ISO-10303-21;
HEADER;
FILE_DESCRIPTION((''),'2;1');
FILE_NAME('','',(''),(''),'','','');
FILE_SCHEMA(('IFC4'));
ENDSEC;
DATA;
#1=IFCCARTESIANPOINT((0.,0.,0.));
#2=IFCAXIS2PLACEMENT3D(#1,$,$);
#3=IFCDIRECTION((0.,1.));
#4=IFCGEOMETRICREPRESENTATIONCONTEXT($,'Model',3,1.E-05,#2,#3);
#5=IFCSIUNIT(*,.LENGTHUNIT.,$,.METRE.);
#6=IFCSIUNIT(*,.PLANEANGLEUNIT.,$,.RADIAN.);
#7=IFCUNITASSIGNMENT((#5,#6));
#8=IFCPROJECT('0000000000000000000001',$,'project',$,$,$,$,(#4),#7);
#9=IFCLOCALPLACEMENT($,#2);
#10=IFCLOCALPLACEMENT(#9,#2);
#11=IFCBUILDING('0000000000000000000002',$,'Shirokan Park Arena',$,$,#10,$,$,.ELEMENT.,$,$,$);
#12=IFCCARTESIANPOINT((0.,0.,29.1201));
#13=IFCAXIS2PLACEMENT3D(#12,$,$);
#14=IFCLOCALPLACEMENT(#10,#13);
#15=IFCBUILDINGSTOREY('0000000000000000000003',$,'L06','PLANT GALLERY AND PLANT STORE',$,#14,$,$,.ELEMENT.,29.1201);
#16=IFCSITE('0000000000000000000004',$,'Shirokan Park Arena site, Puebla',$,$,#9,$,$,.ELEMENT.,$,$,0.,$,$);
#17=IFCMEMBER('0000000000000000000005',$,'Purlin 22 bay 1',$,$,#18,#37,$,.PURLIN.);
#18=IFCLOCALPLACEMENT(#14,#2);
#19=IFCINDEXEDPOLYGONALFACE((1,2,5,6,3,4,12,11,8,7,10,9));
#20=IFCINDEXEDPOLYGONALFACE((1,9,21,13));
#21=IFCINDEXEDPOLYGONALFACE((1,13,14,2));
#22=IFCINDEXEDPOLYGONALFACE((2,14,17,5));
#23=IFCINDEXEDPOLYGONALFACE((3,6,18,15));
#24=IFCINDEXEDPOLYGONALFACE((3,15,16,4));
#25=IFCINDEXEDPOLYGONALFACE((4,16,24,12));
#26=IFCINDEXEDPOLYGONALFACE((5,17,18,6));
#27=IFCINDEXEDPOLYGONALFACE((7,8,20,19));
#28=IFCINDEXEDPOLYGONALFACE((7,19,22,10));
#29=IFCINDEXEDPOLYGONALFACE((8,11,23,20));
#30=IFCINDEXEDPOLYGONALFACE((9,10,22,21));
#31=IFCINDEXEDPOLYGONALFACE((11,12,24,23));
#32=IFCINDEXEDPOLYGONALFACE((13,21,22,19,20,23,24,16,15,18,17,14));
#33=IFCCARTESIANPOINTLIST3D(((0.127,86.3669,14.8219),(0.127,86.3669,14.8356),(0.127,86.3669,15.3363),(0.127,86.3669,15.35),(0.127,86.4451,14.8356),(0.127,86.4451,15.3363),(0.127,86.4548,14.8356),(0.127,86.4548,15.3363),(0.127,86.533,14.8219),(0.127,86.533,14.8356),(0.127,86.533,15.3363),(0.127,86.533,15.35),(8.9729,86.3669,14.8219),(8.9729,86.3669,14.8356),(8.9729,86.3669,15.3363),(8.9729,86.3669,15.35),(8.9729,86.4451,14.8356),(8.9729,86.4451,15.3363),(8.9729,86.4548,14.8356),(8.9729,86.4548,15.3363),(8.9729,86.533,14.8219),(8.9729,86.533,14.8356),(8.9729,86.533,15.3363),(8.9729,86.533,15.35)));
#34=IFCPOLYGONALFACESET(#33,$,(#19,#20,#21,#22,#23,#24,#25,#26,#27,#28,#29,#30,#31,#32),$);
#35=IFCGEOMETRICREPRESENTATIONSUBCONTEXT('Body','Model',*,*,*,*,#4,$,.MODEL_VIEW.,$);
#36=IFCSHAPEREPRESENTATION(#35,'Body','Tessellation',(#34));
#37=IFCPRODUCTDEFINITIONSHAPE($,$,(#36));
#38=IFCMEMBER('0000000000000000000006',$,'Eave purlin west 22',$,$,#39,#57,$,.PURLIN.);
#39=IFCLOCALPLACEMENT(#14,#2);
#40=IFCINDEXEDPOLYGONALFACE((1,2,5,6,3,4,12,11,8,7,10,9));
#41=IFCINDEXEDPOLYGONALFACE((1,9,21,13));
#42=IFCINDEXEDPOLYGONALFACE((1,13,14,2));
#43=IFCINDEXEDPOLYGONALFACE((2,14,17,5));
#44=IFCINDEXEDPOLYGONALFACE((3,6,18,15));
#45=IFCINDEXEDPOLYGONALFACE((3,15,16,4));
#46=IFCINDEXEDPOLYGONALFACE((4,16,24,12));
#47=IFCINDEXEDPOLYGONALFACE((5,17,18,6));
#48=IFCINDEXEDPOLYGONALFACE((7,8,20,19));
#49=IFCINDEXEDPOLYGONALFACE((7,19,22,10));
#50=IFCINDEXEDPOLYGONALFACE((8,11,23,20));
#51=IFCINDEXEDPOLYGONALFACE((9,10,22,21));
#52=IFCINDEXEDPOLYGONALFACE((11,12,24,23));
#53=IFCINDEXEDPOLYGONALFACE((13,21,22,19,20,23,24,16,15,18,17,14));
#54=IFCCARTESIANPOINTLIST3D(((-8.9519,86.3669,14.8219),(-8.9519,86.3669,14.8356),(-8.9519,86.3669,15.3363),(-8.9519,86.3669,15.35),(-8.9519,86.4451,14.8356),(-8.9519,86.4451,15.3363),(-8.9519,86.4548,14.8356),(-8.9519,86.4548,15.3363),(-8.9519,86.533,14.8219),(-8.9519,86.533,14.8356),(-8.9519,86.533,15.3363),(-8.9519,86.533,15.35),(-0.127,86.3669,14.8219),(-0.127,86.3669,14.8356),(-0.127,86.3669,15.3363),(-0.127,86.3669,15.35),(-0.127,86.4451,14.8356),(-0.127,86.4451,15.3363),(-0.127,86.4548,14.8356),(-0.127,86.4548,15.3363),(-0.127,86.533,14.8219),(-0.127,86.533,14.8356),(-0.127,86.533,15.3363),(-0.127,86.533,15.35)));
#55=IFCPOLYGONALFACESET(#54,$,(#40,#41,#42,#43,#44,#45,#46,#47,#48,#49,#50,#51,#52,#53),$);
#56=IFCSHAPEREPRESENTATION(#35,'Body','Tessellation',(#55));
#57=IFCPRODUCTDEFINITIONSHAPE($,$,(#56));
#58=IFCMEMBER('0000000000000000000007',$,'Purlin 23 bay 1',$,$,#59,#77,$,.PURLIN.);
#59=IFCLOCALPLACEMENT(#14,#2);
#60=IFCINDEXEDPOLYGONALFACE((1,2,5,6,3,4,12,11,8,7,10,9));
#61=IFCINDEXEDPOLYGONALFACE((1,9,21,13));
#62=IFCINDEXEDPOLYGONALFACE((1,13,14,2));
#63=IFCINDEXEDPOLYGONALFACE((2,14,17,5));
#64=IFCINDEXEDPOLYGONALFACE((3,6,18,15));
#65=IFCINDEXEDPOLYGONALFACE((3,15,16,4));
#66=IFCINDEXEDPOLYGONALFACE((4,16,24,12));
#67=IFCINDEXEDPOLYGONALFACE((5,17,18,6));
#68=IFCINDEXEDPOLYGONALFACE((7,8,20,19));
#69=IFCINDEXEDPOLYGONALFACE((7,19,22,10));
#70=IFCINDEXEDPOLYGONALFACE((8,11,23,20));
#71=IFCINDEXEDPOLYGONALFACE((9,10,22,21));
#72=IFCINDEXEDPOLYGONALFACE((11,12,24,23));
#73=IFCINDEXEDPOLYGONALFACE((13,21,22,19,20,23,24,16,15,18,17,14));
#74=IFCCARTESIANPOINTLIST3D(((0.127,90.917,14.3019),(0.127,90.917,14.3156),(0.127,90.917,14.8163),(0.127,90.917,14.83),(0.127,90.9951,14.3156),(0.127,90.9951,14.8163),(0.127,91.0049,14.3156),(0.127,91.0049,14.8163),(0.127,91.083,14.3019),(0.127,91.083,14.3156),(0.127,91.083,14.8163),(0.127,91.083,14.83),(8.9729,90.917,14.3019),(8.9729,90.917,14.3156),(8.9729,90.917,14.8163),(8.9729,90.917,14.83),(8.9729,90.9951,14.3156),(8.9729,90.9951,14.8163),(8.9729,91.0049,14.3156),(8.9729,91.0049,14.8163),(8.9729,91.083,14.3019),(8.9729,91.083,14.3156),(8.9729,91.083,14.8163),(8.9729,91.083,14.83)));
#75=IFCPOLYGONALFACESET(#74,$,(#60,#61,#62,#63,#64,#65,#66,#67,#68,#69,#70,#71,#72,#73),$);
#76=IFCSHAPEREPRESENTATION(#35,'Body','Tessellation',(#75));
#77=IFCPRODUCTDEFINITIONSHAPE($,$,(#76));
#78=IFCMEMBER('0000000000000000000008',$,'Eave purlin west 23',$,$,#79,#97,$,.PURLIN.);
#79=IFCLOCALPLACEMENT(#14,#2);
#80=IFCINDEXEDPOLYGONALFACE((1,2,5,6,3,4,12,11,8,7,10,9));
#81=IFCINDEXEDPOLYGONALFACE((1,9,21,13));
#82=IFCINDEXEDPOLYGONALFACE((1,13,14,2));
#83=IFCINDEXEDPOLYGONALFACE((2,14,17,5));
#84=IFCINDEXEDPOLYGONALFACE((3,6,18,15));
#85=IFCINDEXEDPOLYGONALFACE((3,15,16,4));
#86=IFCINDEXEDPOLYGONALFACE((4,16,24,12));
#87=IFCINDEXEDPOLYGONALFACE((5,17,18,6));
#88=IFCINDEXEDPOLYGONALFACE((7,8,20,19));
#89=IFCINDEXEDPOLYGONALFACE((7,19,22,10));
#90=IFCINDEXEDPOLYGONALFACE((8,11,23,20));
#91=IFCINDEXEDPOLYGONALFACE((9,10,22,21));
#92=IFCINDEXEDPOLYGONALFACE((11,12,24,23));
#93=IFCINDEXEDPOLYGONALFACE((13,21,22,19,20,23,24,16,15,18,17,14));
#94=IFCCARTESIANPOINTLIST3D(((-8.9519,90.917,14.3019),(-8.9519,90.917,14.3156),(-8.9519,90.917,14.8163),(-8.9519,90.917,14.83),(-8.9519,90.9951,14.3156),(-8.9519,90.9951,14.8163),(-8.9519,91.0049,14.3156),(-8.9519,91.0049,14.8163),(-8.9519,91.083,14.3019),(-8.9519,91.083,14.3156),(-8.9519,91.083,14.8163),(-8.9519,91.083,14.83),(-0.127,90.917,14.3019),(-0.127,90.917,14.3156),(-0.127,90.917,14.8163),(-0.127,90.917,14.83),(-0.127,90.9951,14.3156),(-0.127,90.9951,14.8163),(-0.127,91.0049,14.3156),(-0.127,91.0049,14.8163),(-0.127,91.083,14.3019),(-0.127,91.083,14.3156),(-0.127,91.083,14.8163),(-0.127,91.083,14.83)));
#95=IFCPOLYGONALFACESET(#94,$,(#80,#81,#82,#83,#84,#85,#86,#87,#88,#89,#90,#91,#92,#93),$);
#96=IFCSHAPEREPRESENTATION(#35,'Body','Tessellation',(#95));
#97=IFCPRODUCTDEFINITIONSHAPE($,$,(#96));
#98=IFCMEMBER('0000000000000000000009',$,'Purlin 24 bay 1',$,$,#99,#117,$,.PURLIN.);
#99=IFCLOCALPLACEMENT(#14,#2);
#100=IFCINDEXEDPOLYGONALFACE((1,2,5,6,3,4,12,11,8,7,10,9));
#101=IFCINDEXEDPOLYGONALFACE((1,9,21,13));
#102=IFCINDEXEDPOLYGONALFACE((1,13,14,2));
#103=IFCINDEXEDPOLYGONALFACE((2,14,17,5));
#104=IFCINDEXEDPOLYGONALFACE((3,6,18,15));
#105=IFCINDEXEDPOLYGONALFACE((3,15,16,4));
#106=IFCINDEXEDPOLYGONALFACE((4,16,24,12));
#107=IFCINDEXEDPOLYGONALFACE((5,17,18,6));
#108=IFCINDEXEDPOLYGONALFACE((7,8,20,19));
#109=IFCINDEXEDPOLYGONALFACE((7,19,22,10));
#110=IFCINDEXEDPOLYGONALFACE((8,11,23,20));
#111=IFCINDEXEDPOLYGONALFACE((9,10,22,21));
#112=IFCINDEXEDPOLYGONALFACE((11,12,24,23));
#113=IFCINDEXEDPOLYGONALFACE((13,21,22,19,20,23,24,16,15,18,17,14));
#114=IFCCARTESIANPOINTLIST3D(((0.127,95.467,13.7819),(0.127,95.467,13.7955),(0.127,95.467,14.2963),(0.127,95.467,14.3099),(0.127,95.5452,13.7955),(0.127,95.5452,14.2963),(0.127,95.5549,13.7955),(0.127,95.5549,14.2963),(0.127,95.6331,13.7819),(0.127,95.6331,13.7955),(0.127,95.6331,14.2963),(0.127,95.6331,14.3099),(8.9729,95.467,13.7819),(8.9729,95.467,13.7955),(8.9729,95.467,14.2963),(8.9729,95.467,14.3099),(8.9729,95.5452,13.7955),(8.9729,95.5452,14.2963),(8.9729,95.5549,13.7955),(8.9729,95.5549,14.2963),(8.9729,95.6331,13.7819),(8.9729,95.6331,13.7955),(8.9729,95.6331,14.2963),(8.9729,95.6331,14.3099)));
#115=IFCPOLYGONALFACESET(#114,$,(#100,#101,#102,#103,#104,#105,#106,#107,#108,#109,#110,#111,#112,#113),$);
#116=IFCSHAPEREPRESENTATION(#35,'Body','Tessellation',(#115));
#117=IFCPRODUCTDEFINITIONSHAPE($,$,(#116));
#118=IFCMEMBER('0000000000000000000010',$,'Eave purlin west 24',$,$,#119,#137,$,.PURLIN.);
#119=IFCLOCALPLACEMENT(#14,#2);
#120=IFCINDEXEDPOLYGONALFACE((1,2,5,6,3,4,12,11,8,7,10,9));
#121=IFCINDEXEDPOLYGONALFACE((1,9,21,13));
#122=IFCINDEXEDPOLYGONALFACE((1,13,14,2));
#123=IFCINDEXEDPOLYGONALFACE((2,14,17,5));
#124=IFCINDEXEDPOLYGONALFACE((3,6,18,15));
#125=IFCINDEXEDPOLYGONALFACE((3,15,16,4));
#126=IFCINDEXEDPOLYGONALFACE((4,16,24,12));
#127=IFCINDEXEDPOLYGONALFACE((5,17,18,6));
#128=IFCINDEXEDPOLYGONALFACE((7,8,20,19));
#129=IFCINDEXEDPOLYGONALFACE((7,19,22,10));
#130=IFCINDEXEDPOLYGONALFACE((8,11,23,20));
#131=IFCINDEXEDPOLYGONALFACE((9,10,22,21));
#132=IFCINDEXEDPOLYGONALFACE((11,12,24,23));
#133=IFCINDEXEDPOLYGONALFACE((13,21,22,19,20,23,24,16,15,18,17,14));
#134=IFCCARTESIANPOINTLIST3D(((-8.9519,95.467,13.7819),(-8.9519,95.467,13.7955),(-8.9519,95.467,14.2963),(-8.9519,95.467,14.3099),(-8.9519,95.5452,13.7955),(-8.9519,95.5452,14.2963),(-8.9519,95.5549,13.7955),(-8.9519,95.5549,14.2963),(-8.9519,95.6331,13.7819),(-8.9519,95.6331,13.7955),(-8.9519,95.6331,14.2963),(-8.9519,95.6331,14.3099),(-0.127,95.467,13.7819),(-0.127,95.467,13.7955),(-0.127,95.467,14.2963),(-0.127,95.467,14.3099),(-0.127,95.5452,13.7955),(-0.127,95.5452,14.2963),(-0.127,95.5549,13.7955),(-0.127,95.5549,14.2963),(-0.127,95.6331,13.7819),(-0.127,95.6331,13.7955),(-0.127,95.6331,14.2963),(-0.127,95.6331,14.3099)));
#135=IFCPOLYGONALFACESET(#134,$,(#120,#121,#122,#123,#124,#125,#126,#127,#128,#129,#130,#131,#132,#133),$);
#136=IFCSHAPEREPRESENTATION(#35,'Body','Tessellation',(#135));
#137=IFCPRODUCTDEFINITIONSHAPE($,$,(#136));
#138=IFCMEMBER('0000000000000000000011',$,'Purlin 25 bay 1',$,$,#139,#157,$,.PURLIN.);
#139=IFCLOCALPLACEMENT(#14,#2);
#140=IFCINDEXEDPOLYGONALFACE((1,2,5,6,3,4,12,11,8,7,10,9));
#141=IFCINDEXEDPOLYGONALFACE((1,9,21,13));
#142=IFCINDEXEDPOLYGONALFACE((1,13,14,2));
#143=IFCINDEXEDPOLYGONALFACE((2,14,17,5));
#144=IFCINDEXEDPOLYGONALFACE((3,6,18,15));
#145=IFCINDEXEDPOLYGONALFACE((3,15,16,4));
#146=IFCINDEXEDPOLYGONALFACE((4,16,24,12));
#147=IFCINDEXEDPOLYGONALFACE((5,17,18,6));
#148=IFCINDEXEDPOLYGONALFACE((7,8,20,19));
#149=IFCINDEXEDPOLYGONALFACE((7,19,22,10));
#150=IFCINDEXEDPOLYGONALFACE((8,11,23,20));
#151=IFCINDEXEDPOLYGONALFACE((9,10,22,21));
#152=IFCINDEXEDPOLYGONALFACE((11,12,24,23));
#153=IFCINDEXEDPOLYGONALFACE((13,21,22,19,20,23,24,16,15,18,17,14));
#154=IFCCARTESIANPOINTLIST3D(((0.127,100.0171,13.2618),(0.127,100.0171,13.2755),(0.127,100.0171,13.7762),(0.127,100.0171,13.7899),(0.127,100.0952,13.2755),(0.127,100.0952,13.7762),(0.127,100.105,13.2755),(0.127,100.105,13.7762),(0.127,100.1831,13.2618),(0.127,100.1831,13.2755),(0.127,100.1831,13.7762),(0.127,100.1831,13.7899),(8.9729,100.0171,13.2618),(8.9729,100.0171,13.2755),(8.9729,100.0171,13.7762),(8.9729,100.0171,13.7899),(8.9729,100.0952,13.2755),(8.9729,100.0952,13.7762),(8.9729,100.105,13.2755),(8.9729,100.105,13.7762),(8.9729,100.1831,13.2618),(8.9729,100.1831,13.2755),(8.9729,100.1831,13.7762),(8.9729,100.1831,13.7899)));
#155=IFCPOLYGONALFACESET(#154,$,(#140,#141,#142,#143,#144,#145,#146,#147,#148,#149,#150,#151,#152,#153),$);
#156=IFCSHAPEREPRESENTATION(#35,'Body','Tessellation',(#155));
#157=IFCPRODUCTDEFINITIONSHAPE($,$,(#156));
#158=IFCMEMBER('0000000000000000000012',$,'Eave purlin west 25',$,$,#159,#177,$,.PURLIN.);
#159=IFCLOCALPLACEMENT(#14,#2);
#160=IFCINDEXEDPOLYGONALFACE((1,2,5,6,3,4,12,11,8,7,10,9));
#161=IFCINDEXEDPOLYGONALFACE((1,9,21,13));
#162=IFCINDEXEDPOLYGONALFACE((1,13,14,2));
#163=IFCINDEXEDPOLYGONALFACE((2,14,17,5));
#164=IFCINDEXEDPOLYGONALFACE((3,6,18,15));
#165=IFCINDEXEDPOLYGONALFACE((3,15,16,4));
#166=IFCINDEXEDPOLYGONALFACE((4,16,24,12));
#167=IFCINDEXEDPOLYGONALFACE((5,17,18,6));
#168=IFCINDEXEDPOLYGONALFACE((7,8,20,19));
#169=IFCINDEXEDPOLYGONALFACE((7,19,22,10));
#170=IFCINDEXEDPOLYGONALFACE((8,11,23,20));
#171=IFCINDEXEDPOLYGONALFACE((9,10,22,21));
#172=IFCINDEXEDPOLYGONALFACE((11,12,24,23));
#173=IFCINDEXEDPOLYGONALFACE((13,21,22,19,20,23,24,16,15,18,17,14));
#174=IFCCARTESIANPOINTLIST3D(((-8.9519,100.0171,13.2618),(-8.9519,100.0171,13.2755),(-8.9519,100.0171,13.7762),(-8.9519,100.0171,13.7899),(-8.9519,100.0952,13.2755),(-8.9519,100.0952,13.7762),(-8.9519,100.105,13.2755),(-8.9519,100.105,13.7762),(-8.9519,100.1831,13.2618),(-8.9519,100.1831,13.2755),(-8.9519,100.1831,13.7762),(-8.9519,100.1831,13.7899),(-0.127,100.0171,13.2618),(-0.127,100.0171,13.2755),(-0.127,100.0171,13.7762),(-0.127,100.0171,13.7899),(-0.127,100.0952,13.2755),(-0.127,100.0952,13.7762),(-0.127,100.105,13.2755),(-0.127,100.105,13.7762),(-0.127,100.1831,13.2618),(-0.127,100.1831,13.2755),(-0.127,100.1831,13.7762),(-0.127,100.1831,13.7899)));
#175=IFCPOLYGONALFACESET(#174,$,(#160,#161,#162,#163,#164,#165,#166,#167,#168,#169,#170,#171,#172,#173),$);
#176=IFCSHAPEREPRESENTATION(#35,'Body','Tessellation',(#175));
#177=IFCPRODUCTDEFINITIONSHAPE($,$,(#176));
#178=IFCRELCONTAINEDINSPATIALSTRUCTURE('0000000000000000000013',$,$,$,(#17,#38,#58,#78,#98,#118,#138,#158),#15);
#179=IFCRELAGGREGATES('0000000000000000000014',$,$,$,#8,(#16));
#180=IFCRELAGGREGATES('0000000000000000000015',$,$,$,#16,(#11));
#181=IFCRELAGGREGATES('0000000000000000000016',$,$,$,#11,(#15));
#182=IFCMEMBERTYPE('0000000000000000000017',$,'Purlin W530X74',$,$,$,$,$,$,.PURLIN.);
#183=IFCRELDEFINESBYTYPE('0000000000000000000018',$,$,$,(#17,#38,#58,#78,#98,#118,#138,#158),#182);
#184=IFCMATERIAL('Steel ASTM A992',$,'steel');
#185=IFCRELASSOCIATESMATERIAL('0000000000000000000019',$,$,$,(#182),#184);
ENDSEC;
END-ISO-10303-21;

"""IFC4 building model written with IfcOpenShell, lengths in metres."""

from ifc_helpers import new_model, si_unit, direction, frame, origin, origin_2d, place, context, subcontext, project, spatial, i_section, extrude, material, material_profile, profile_set, type_object, element, save


model = new_model("IFC4")

# Units and contexts
model_context = context("Model", 3, precision=1e-05, world=origin(), true_north=direction((0.0, 1.0)))
body_context = subcontext(model_context, "Body", "Model", "MODEL_VIEW")
ifc_project = project(units=[si_unit("LENGTHUNIT", "METRE"), si_unit("PLANEANGLEUNIT", "RADIAN")], contexts=[model_context])

# Site, building, storey
site_placement = place(None, origin())
site = spatial("IfcSite", under=ifc_project, at=site_placement, Name="Shirokan Park Arena site, Puebla", CompositionType="ELEMENT", RefElevation=0.0)
building_placement = place(site_placement, origin())
building = spatial("IfcBuilding", under=site, at=building_placement, Name="Shirokan Park Arena", CompositionType="ELEMENT")
storey_placement = place(building_placement, frame((0.0, 0.0, 29.1201)))
storey = spatial("IfcBuildingStorey", under=building, at=storey_placement, Name="L06", Description="PLANT GALLERY AND PLANT STORE", CompositionType="ELEMENT", Elevation=29.1201)

# Members
ifc_material_1 = material(Name="Steel ASTM A992", Category="steel")
ifc_material_profile_1 = material_profile(ifc_material_1, i_section(OverallWidth=0.166, OverallDepth=0.5281, WebThickness=0.0098, FlangeThickness=0.0137, at=origin_2d()), Name="W530X74")
ifc_profile_set_1 = profile_set([ifc_material_profile_1], Name="Steel ASTM A992")
member_type_1 = type_object("IfcMemberType", Name="Purlin W530X74", PredefinedType="PURLIN", material=ifc_profile_set_1)
member_1_placement = place(storey_placement, frame((0.127, 86.45, 15.0859), z_axis=(1.0, 0.0, 0.0), x_axis=(0.0, 1.0, 0.0)))
element("IfcMember", 1, at=member_1_placement, inside=storey, type_object=member_type_1, Name="Purlin 22 bay 1", PredefinedType="PURLIN", context=body_context, shape_type="SweptSolid", body=[
    extrude(i_section(OverallWidth=0.166, OverallDepth=0.5281, WebThickness=0.0098, FlangeThickness=0.0137, at=origin_2d()), origin(), (0.0, 0.0, 1.0), 8.8459),
])
member_2_placement = place(storey_placement, frame((-8.9519, 86.45, 15.0859), z_axis=(1.0, 0.0, 0.0), x_axis=(0.0, 1.0, 0.0)))
element("IfcMember", 2, at=member_2_placement, inside=storey, type_object=member_type_1, Name="Eave purlin west 22", PredefinedType="PURLIN", context=body_context, shape_type="SweptSolid", body=[
    extrude(i_section(OverallWidth=0.166, OverallDepth=0.5281, WebThickness=0.0098, FlangeThickness=0.0137, at=origin_2d()), origin(), (0.0, 0.0, 1.0), 8.825),
])
member_3_placement = place(storey_placement, frame((0.127, 91.0, 14.5659), z_axis=(1.0, 0.0, 0.0), x_axis=(0.0, 1.0, 0.0)))
element("IfcMember", 3, at=member_3_placement, inside=storey, type_object=member_type_1, Name="Purlin 23 bay 1", PredefinedType="PURLIN", context=body_context, shape_type="SweptSolid", body=[
    extrude(i_section(OverallWidth=0.166, OverallDepth=0.5281, WebThickness=0.0098, FlangeThickness=0.0137, at=origin_2d()), origin(), (0.0, 0.0, 1.0), 8.8459),
])
member_4_placement = place(storey_placement, frame((-8.9519, 91.0, 14.5659), z_axis=(1.0, 0.0, 0.0), x_axis=(0.0, 1.0, 0.0)))
element("IfcMember", 4, at=member_4_placement, inside=storey, type_object=member_type_1, Name="Eave purlin west 23", PredefinedType="PURLIN", context=body_context, shape_type="SweptSolid", body=[
    extrude(i_section(OverallWidth=0.166, OverallDepth=0.5281, WebThickness=0.0098, FlangeThickness=0.0137, at=origin_2d()), origin(), (0.0, 0.0, 1.0), 8.825),
])
member_5_placement = place(storey_placement, frame((0.127, 95.55, 14.0459), z_axis=(1.0, 0.0, 0.0), x_axis=(0.0, 1.0, 0.0)))
element("IfcMember", 5, at=member_5_placement, inside=storey, type_object=member_type_1, Name="Purlin 24 bay 1", PredefinedType="PURLIN", context=body_context, shape_type="SweptSolid", body=[
    extrude(i_section(OverallWidth=0.166, OverallDepth=0.5281, WebThickness=0.0098, FlangeThickness=0.0137, at=origin_2d()), origin(), (0.0, 0.0, 1.0), 8.8459),
])
member_6_placement = place(storey_placement, frame((-8.9519, 95.55, 14.0459), z_axis=(1.0, 0.0, 0.0), x_axis=(0.0, 1.0, 0.0)))
element("IfcMember", 6, at=member_6_placement, inside=storey, type_object=member_type_1, Name="Eave purlin west 24", PredefinedType="PURLIN", context=body_context, shape_type="SweptSolid", body=[
    extrude(i_section(OverallWidth=0.166, OverallDepth=0.5281, WebThickness=0.0098, FlangeThickness=0.0137, at=origin_2d()), origin(), (0.0, 0.0, 1.0), 8.825),
])
member_7_placement = place(storey_placement, frame((0.127, 100.1001, 13.5259), z_axis=(1.0, 0.0, 0.0), x_axis=(0.0, 1.0, 0.0)))
element("IfcMember", 7, at=member_7_placement, inside=storey, type_object=member_type_1, Name="Purlin 25 bay 1", PredefinedType="PURLIN", context=body_context, shape_type="SweptSolid", body=[
    extrude(i_section(OverallWidth=0.166, OverallDepth=0.5281, WebThickness=0.0098, FlangeThickness=0.0137, at=origin_2d()), origin(), (0.0, 0.0, 1.0), 8.8459),
])
member_8_placement = place(storey_placement, frame((-8.9519, 100.1001, 13.5259), z_axis=(1.0, 0.0, 0.0), x_axis=(0.0, 1.0, 0.0)))
element("IfcMember", 8, at=member_8_placement, inside=storey, type_object=member_type_1, Name="Eave purlin west 25", PredefinedType="PURLIN", context=body_context, shape_type="SweptSolid", body=[
    extrude(i_section(OverallWidth=0.166, OverallDepth=0.5281, WebThickness=0.0098, FlangeThickness=0.0137, at=origin_2d()), origin(), (0.0, 0.0, 1.0), 8.825),
])

save(model, "model.ifc")
